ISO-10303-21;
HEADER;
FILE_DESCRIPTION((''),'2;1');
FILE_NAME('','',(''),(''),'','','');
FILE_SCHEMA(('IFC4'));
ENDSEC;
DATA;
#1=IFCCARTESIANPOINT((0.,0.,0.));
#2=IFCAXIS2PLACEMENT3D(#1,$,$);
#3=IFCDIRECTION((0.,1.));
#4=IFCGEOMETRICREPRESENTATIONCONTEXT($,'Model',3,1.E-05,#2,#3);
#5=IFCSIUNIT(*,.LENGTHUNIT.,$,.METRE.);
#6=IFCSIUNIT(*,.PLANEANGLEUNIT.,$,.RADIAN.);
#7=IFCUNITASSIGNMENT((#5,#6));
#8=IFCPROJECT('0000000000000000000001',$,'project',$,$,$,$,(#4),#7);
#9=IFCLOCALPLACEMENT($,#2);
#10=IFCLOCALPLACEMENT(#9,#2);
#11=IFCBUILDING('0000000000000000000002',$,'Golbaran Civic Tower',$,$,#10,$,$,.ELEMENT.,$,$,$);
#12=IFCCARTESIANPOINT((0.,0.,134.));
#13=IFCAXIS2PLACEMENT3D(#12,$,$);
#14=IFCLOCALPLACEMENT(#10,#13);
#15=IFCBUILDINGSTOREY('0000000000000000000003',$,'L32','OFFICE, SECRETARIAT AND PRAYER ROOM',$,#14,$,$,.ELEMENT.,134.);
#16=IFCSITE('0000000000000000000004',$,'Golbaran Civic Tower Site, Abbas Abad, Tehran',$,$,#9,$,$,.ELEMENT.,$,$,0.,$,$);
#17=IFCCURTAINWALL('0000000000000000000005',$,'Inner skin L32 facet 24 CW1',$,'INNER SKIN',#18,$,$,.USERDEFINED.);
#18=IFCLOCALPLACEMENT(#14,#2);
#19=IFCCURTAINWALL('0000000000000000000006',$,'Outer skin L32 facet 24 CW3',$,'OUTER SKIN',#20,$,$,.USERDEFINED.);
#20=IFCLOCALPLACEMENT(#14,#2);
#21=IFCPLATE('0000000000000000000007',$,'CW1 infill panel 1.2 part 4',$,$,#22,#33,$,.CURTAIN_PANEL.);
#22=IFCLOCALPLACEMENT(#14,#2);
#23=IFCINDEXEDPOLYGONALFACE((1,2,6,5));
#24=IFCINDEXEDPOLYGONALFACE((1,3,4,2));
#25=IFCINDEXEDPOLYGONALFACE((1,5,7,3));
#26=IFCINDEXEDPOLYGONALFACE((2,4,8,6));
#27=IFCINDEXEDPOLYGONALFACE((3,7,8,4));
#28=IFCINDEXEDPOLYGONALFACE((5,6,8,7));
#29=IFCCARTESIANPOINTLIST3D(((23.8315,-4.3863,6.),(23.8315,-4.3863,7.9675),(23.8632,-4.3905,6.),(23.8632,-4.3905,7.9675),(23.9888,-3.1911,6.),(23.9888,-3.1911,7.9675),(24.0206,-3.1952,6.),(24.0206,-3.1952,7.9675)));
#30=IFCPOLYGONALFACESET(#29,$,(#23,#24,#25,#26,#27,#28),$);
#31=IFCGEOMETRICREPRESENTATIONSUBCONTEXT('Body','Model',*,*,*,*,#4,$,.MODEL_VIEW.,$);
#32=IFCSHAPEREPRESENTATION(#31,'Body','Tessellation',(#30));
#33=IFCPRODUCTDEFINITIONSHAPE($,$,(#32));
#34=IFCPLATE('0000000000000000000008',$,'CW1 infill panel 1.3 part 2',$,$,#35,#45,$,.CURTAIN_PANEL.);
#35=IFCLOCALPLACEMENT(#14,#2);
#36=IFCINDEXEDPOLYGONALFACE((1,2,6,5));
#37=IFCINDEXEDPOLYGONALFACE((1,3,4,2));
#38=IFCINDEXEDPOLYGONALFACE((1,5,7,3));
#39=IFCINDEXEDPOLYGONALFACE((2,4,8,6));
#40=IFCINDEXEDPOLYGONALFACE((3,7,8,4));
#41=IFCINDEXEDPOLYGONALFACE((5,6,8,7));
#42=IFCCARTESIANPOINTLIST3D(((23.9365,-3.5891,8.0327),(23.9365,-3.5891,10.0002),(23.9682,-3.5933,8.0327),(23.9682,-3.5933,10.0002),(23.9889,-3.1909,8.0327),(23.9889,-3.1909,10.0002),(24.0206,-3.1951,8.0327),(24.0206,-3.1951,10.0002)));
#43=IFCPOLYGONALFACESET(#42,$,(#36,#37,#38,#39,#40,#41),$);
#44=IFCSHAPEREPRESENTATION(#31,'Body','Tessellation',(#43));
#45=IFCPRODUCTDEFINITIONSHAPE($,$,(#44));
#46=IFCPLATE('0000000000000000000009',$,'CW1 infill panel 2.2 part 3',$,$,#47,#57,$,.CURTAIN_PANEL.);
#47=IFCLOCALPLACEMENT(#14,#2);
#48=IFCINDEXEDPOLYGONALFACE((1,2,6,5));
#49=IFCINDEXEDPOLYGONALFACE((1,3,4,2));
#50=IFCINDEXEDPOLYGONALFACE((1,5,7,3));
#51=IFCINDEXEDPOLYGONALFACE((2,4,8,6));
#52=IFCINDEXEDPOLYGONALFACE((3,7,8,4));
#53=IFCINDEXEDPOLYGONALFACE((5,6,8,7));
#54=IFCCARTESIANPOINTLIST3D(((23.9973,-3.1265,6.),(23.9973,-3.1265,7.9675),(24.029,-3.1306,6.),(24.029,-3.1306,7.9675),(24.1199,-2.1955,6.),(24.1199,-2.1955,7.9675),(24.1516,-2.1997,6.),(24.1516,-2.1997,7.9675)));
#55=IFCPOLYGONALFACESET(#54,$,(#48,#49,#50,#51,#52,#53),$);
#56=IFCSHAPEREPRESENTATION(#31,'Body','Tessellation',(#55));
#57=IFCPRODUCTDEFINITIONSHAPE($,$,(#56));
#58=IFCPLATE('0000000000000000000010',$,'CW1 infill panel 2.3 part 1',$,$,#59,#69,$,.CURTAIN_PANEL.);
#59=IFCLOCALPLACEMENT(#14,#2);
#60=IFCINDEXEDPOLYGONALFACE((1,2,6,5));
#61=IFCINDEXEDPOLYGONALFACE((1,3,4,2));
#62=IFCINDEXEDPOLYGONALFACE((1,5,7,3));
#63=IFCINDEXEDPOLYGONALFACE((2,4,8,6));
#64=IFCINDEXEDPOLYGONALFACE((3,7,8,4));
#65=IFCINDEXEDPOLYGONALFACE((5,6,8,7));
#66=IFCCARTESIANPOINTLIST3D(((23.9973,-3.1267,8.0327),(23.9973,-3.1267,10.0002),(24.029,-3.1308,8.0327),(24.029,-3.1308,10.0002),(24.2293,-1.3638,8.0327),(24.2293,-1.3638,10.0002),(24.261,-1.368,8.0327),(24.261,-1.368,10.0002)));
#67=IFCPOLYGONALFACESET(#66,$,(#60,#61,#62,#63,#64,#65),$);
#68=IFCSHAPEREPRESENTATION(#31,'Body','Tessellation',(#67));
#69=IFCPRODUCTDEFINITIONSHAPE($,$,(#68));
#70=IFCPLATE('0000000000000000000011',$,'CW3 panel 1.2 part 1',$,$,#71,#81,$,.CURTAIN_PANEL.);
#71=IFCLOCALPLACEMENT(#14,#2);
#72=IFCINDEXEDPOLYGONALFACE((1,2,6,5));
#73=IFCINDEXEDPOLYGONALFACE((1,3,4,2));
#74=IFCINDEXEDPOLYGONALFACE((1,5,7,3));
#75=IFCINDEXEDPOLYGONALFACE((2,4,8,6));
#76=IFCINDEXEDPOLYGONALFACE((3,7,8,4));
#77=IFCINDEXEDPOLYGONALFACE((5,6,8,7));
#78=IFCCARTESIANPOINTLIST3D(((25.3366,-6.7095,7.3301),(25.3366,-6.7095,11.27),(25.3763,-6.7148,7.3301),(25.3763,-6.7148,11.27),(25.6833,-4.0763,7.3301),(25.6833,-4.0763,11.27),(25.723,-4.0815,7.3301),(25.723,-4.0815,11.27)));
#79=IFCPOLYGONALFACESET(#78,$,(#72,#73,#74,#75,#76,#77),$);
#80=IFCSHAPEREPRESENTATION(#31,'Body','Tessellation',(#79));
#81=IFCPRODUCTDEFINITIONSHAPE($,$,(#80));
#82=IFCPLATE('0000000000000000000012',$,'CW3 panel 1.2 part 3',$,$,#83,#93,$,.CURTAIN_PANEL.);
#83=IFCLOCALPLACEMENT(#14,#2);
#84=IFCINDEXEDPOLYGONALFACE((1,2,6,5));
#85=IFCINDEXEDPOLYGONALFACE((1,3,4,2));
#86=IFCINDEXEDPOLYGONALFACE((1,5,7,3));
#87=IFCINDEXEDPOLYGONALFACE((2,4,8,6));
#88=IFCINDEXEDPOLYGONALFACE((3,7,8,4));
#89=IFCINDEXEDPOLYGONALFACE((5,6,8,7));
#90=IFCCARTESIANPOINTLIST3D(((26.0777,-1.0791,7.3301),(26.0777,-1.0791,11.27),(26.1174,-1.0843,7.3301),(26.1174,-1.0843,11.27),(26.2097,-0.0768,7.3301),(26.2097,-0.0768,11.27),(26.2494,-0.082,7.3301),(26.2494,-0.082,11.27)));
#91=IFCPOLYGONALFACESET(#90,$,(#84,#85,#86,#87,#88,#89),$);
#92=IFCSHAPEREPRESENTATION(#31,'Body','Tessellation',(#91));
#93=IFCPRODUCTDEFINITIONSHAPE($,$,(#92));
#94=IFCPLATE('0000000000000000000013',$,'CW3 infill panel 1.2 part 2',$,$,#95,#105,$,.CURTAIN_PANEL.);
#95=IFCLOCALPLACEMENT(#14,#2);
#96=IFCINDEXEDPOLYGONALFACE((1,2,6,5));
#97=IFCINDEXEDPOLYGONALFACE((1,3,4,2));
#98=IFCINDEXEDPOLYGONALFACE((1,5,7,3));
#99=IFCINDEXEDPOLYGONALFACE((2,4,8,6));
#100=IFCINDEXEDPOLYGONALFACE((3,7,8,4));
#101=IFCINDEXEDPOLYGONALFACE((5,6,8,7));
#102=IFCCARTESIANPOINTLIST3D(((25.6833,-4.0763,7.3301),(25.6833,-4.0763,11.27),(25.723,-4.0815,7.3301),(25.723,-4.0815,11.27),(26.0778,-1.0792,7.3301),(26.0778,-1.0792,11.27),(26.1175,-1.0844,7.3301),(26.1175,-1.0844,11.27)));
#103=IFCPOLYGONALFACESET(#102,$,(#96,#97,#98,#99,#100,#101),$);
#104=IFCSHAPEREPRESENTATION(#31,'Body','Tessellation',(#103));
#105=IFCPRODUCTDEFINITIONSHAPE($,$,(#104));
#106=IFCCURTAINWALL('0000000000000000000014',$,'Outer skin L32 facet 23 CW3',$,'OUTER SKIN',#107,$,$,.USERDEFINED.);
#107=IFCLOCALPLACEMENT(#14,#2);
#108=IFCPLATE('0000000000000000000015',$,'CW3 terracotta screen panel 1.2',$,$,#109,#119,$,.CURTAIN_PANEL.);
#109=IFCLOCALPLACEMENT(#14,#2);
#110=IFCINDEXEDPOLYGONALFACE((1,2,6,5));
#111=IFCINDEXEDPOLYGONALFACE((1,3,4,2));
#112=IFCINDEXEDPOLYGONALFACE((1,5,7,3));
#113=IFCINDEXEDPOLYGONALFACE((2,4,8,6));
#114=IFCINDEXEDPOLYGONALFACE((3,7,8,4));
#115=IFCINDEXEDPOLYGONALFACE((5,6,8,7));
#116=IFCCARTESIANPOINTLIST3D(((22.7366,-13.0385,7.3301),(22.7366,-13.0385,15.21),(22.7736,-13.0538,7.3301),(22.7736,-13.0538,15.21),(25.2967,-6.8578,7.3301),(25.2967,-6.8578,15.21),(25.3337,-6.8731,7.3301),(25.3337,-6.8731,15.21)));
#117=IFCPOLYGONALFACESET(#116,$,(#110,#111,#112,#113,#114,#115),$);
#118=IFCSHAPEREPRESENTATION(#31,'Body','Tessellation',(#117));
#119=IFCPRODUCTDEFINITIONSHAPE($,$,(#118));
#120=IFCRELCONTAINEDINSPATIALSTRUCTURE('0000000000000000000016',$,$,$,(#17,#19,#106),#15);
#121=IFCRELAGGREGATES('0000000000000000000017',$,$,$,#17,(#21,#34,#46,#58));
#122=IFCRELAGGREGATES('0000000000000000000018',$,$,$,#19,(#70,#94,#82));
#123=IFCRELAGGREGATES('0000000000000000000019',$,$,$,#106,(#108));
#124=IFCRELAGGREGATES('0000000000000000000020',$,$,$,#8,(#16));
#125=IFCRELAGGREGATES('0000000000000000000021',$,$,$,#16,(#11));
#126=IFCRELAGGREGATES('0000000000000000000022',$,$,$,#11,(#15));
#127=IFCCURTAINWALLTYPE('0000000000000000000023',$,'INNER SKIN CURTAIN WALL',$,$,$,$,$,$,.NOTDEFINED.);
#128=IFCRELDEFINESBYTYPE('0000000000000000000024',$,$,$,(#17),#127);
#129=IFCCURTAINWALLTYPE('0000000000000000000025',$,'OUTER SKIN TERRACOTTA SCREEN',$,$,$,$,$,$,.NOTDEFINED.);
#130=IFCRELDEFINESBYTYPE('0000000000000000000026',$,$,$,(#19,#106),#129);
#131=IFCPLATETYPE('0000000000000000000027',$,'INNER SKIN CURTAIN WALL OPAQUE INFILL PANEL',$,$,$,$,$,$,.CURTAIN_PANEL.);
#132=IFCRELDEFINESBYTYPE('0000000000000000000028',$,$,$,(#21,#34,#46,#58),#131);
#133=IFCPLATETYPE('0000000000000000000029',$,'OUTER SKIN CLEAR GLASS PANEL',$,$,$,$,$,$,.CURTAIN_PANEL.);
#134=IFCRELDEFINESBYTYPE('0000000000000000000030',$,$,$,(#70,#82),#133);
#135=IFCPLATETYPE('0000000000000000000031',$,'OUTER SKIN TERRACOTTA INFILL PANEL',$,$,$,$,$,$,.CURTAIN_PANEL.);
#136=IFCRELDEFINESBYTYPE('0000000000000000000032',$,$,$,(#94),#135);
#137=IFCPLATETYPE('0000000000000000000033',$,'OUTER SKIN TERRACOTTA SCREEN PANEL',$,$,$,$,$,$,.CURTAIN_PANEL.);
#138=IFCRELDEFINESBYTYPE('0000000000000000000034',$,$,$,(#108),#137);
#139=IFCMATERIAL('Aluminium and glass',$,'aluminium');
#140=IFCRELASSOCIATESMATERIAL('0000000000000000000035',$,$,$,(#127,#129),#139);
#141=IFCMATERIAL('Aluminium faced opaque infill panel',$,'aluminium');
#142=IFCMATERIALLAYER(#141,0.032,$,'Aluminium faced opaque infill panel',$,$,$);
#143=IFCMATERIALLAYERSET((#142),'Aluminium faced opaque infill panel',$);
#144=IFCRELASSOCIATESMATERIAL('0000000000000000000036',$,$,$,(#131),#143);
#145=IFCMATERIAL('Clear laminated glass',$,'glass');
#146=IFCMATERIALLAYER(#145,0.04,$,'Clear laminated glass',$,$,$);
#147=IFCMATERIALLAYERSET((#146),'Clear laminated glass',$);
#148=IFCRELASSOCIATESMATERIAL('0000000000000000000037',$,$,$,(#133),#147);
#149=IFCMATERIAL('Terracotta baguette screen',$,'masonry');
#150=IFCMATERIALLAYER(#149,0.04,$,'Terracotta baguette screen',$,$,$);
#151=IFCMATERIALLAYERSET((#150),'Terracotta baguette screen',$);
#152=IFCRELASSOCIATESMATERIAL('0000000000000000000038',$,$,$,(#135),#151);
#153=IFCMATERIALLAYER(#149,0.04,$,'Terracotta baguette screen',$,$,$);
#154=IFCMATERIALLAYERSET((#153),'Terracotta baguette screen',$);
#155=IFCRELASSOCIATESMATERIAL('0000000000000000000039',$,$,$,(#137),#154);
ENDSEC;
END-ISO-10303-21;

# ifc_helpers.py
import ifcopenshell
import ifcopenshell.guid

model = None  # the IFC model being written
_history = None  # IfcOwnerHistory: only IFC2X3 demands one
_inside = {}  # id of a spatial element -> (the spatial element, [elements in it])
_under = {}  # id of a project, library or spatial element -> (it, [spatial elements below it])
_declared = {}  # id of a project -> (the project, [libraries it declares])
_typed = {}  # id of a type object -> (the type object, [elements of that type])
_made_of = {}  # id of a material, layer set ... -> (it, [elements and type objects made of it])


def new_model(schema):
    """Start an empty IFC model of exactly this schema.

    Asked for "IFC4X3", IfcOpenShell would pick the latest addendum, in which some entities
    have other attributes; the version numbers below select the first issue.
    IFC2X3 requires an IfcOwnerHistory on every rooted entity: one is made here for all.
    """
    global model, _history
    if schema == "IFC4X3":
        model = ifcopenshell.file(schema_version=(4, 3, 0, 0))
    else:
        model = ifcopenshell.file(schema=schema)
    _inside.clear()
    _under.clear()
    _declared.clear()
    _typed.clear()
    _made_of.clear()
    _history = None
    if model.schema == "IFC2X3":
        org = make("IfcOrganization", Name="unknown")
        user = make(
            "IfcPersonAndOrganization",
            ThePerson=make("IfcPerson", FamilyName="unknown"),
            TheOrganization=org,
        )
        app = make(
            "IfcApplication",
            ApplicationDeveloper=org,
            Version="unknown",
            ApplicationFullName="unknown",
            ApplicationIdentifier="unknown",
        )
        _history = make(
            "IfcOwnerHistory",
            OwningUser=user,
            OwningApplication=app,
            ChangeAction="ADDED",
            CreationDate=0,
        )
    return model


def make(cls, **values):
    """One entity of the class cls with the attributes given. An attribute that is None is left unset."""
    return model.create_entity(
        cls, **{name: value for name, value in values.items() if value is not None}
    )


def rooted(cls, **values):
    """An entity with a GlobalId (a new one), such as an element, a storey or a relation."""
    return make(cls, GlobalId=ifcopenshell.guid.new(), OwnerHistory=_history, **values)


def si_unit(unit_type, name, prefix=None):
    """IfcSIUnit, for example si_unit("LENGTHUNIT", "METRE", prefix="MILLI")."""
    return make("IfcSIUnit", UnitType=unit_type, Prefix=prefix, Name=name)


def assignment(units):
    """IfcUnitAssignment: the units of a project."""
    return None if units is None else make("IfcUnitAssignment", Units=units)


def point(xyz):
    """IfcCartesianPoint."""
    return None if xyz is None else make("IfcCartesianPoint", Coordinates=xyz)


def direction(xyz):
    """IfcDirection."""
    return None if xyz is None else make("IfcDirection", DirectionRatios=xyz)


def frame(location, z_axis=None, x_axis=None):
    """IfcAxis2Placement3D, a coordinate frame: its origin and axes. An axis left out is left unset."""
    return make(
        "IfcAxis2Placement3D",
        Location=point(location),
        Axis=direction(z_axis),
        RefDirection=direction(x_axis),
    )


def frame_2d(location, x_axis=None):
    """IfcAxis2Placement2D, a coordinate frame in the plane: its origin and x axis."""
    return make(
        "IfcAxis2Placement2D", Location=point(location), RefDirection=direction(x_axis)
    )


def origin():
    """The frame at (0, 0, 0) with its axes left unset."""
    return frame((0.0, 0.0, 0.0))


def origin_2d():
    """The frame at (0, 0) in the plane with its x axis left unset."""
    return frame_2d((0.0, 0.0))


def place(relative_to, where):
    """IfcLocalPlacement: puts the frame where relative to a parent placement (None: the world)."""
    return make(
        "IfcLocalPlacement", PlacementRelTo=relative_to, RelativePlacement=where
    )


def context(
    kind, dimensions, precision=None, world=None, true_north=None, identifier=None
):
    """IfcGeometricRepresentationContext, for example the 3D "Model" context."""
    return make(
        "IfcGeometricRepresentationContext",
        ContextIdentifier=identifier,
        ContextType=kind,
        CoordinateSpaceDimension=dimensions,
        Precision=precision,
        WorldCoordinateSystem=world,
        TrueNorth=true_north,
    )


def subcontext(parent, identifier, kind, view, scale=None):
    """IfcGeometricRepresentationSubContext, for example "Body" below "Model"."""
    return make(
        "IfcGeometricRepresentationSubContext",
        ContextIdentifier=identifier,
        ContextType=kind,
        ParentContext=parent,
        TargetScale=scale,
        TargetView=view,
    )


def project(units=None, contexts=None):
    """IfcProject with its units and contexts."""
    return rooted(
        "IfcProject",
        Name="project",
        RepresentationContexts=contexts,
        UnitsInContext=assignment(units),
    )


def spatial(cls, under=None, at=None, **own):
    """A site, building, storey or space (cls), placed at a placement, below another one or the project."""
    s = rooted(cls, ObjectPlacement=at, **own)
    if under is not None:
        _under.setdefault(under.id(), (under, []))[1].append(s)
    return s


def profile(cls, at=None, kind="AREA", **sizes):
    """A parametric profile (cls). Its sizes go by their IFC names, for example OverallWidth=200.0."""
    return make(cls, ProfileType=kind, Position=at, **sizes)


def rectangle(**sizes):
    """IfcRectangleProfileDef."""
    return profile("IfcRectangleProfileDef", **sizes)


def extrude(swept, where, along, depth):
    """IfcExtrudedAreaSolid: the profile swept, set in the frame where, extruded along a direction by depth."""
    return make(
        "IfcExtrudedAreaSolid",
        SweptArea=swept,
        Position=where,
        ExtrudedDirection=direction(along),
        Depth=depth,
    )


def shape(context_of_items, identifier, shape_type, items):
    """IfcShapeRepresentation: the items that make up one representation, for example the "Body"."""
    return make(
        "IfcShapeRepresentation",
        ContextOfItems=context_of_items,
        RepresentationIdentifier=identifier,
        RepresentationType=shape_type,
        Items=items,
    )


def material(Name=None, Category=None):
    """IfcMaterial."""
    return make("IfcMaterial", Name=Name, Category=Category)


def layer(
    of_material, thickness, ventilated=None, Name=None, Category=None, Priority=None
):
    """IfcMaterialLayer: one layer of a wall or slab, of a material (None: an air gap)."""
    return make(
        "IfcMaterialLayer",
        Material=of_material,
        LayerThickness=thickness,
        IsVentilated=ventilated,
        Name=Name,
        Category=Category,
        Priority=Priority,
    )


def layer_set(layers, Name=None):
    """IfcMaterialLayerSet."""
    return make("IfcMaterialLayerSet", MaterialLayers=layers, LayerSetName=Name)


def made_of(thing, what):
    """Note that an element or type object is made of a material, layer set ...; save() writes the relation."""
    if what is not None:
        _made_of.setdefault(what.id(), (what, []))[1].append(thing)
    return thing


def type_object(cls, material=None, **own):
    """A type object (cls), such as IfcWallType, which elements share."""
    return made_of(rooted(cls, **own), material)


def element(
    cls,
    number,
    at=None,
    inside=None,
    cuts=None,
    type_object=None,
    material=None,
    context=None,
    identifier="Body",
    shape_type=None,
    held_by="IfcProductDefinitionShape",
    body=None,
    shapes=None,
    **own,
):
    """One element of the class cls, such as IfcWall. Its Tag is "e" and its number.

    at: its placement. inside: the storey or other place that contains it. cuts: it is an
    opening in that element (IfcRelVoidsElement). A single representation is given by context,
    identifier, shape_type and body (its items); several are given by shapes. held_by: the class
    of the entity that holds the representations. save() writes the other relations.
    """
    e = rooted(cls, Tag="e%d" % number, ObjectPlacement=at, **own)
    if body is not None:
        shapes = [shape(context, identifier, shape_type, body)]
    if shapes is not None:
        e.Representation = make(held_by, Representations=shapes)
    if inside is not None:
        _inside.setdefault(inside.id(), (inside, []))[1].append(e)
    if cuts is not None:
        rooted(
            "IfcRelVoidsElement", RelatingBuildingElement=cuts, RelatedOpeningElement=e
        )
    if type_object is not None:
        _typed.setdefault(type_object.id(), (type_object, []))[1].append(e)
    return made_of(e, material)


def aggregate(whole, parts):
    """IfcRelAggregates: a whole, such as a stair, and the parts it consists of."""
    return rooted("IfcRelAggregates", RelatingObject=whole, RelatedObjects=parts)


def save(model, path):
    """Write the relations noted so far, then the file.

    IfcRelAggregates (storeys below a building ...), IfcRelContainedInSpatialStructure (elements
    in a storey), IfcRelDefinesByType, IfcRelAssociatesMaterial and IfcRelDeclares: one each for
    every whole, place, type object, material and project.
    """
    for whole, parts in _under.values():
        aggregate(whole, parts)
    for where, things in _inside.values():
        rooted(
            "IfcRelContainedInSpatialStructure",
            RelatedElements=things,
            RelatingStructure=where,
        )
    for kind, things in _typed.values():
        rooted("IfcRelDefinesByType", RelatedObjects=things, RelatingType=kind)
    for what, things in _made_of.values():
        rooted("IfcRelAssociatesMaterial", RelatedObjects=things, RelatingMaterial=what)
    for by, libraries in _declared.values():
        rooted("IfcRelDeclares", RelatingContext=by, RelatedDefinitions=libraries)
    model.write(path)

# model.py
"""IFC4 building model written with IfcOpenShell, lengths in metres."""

from ifc_helpers import new_model, si_unit, direction, frame, origin, origin_2d, place, context, subcontext, project, spatial, rectangle, extrude, material, layer, layer_set, type_object, element, aggregate, save


model = new_model("IFC4")

# Units and contexts
model_context = context("Model", 3, precision=1e-05, world=origin(), true_north=direction((0.0, 1.0)))
body_context = subcontext(model_context, "Body", "Model", "MODEL_VIEW")
ifc_project = project(units=[si_unit("LENGTHUNIT", "METRE"), si_unit("PLANEANGLEUNIT", "RADIAN")], contexts=[model_context])

# Site, building, storey
site_placement = place(None, origin())
site = spatial("IfcSite", under=ifc_project, at=site_placement, Name="Golbaran Civic Tower Site, Abbas Abad, Tehran", CompositionType="ELEMENT", RefElevation=0.0)
building_placement = place(site_placement, origin())
building = spatial("IfcBuilding", under=site, at=building_placement, Name="Golbaran Civic Tower", CompositionType="ELEMENT")
storey_placement = place(building_placement, frame((0.0, 0.0, 134.0)))
storey = spatial("IfcBuildingStorey", under=building, at=storey_placement, Name="L32", Description="OFFICE, SECRETARIAT AND PRAYER ROOM", CompositionType="ELEMENT", Elevation=134.0)

# Shared definitions
ifc_material_1 = material(Name="Aluminium and glass", Category="aluminium")
curtain_wall_type_1 = type_object("IfcCurtainWallType", Name="INNER SKIN CURTAIN WALL", PredefinedType="NOTDEFINED", material=ifc_material_1)

# Curtain wall
curtain_wall_1_placement = place(storey_placement, origin())
curtain_wall_1 = element("IfcCurtainWall", 1, at=curtain_wall_1_placement, inside=storey, type_object=curtain_wall_type_1, Name="Inner skin L32 facet 24 CW1", ObjectType="INNER SKIN", PredefinedType="USERDEFINED")

# Curtain wall
curtain_wall_type_2 = type_object("IfcCurtainWallType", Name="OUTER SKIN TERRACOTTA SCREEN", PredefinedType="NOTDEFINED", material=ifc_material_1)
curtain_wall_2_placement = place(storey_placement, origin())
curtain_wall_2 = element("IfcCurtainWall", 2, at=curtain_wall_2_placement, inside=storey, type_object=curtain_wall_type_2, Name="Outer skin L32 facet 24 CW3", ObjectType="OUTER SKIN", PredefinedType="USERDEFINED")

# Plates
ifc_material_2 = material(Name="Aluminium faced opaque infill panel", Category="aluminium")
ifc_layer_1 = layer(ifc_material_2, 0.032, Name="Aluminium faced opaque infill panel")
ifc_layer_set_1 = layer_set([ifc_layer_1], Name="Aluminium faced opaque infill panel")
plate_type_1 = type_object("IfcPlateType", Name="INNER SKIN CURTAIN WALL OPAQUE INFILL PANEL", PredefinedType="CURTAIN_PANEL", material=ifc_layer_set_1)
plate_1_placement = place(storey_placement, frame((23.926, -3.7908, 6.0), z_axis=(0.0, 0.0, 1.0), x_axis=(0.130526, 0.991445, 0.0)))
plate_1 = element("IfcPlate", 3, at=plate_1_placement, type_object=plate_type_1, Name="CW1 infill panel 1.2 part 4", PredefinedType="CURTAIN_PANEL", context=body_context, shape_type="SweptSolid", body=[
    extrude(rectangle(XDim=1.2056, YDim=0.032, at=origin_2d()), origin(), (0.0, 0.0, 1.0), 1.9675),
])
plate_2_placement = place(storey_placement, frame((23.9785, -3.3921, 8.0327), z_axis=(0.0, 0.0, 1.0), x_axis=(0.130526, 0.991445, 0.0)))
plate_2 = element("IfcPlate", 4, at=plate_2_placement, type_object=plate_type_1, Name="CW1 infill panel 1.3 part 2", PredefinedType="CURTAIN_PANEL", context=body_context, shape_type="SweptSolid", body=[
    extrude(rectangle(XDim=0.4016, YDim=0.032, at=origin_2d()), origin(), (0.0, 0.0, 1.0), 1.9675),
])
plate_3_placement = place(storey_placement, frame((24.0745, -2.6631, 6.0), z_axis=(0.0, 0.0, 1.0), x_axis=(0.130526, 0.991445, 0.0)))
plate_3 = element("IfcPlate", 5, at=plate_3_placement, type_object=plate_type_1, Name="CW1 infill panel 2.2 part 3", PredefinedType="CURTAIN_PANEL", context=body_context, shape_type="SweptSolid", body=[
    extrude(rectangle(XDim=0.939, YDim=0.032, at=origin_2d()), origin(), (0.0, 0.0, 1.0), 1.9675),
])
plate_4_placement = place(storey_placement, frame((24.1292, -2.2473, 8.0327), z_axis=(0.0, 0.0, 1.0), x_axis=(0.130526, 0.991445, 0.0)))
plate_4 = element("IfcPlate", 6, at=plate_4_placement, type_object=plate_type_1, Name="CW1 infill panel 2.3 part 1", PredefinedType="CURTAIN_PANEL", context=body_context, shape_type="SweptSolid", body=[
    extrude(rectangle(XDim=1.7781, YDim=0.032, at=origin_2d()), origin(), (0.0, 0.0, 1.0), 1.9675),
])
aggregate(curtain_wall_1, [plate_1, plate_2, plate_3, plate_4])
ifc_material_3 = material(Name="Clear laminated glass", Category="glass")
ifc_layer_2 = layer(ifc_material_3, 0.04, Name="Clear laminated glass")
ifc_layer_set_2 = layer_set([ifc_layer_2], Name="Clear laminated glass")
plate_type_2 = type_object("IfcPlateType", Name="OUTER SKIN CLEAR GLASS PANEL", PredefinedType="CURTAIN_PANEL", material=ifc_layer_set_2)
plate_5_placement = place(storey_placement, frame((25.5298, -5.3955, 7.3301), z_axis=(0.0, 0.0, 1.0), x_axis=(0.130526, 0.991445, 0.0)))
plate_5 = element("IfcPlate", 7, at=plate_5_placement, type_object=plate_type_2, Name="CW3 panel 1.2 part 1", PredefinedType="CURTAIN_PANEL", context=body_context, shape_type="SweptSolid", body=[
    extrude(rectangle(XDim=2.656, YDim=0.04, at=origin_2d()), origin(), (0.0, 0.0, 1.0), 3.9399),
])
plate_6_placement = place(storey_placement, frame((26.1636, -0.5806, 7.3301), z_axis=(0.0, 0.0, 1.0), x_axis=(0.130526, 0.991445, 0.0)))
plate_6 = element("IfcPlate", 8, at=plate_6_placement, type_object=plate_type_2, Name="CW3 panel 1.2 part 3", PredefinedType="CURTAIN_PANEL", context=body_context, shape_type="SweptSolid", body=[
    extrude(rectangle(XDim=1.011, YDim=0.04, at=origin_2d()), origin(), (0.0, 0.0, 1.0), 3.9399),
])
ifc_material_4 = material(Name="Terracotta baguette screen", Category="masonry")
ifc_layer_3 = layer(ifc_material_4, 0.04, Name="Terracotta baguette screen")
ifc_layer_set_3 = layer_set([ifc_layer_3], Name="Terracotta baguette screen")
plate_type_3 = type_object("IfcPlateType", Name="OUTER SKIN TERRACOTTA INFILL PANEL", PredefinedType="CURTAIN_PANEL", material=ifc_layer_set_3)
plate_7_placement = place(storey_placement, frame((25.9004, -2.5803, 7.3301), z_axis=(0.0, 0.0, 1.0), x_axis=(0.130526, 0.991445, 0.0)))
plate_7 = element("IfcPlate", 9, at=plate_7_placement, type_object=plate_type_3, Name="CW3 infill panel 1.2 part 2", PredefinedType="CURTAIN_PANEL", context=body_context, shape_type="SweptSolid", body=[
    extrude(rectangle(XDim=3.0229, YDim=0.04, at=origin_2d()), origin(), (0.0, 0.0, 1.0), 3.9399),
])
aggregate(curtain_wall_2, [plate_5, plate_7, plate_6])

# Curtain wall, plate
curtain_wall_3_placement = place(storey_placement, origin())
curtain_wall_3 = element("IfcCurtainWall", 10, at=curtain_wall_3_placement, inside=storey, type_object=curtain_wall_type_2, Name="Outer skin L32 facet 23 CW3", ObjectType="OUTER SKIN", PredefinedType="USERDEFINED")
ifc_layer_4 = layer(ifc_material_4, 0.04, Name="Terracotta baguette screen")
ifc_layer_set_4 = layer_set([ifc_layer_4], Name="Terracotta baguette screen")
plate_type_4 = type_object("IfcPlateType", Name="OUTER SKIN TERRACOTTA SCREEN PANEL", PredefinedType="CURTAIN_PANEL", material=ifc_layer_set_4)
plate_8_placement = place(storey_placement, frame((24.0352, -9.9558, 7.3301), z_axis=(0.0, 0.0, 1.0), x_axis=(0.382683, 0.92388, 0.0)))
plate_8 = element("IfcPlate", 11, at=plate_8_placement, type_object=plate_type_4, Name="CW3 terracotta screen panel 1.2", PredefinedType="CURTAIN_PANEL", context=body_context, shape_type="SweptSolid", body=[
    extrude(rectangle(XDim=6.6899, YDim=0.04, at=origin_2d()), origin(), (0.0, 0.0, 1.0), 7.8799),
])
aggregate(curtain_wall_3, [plate_8])

save(model, "model.ifc")
